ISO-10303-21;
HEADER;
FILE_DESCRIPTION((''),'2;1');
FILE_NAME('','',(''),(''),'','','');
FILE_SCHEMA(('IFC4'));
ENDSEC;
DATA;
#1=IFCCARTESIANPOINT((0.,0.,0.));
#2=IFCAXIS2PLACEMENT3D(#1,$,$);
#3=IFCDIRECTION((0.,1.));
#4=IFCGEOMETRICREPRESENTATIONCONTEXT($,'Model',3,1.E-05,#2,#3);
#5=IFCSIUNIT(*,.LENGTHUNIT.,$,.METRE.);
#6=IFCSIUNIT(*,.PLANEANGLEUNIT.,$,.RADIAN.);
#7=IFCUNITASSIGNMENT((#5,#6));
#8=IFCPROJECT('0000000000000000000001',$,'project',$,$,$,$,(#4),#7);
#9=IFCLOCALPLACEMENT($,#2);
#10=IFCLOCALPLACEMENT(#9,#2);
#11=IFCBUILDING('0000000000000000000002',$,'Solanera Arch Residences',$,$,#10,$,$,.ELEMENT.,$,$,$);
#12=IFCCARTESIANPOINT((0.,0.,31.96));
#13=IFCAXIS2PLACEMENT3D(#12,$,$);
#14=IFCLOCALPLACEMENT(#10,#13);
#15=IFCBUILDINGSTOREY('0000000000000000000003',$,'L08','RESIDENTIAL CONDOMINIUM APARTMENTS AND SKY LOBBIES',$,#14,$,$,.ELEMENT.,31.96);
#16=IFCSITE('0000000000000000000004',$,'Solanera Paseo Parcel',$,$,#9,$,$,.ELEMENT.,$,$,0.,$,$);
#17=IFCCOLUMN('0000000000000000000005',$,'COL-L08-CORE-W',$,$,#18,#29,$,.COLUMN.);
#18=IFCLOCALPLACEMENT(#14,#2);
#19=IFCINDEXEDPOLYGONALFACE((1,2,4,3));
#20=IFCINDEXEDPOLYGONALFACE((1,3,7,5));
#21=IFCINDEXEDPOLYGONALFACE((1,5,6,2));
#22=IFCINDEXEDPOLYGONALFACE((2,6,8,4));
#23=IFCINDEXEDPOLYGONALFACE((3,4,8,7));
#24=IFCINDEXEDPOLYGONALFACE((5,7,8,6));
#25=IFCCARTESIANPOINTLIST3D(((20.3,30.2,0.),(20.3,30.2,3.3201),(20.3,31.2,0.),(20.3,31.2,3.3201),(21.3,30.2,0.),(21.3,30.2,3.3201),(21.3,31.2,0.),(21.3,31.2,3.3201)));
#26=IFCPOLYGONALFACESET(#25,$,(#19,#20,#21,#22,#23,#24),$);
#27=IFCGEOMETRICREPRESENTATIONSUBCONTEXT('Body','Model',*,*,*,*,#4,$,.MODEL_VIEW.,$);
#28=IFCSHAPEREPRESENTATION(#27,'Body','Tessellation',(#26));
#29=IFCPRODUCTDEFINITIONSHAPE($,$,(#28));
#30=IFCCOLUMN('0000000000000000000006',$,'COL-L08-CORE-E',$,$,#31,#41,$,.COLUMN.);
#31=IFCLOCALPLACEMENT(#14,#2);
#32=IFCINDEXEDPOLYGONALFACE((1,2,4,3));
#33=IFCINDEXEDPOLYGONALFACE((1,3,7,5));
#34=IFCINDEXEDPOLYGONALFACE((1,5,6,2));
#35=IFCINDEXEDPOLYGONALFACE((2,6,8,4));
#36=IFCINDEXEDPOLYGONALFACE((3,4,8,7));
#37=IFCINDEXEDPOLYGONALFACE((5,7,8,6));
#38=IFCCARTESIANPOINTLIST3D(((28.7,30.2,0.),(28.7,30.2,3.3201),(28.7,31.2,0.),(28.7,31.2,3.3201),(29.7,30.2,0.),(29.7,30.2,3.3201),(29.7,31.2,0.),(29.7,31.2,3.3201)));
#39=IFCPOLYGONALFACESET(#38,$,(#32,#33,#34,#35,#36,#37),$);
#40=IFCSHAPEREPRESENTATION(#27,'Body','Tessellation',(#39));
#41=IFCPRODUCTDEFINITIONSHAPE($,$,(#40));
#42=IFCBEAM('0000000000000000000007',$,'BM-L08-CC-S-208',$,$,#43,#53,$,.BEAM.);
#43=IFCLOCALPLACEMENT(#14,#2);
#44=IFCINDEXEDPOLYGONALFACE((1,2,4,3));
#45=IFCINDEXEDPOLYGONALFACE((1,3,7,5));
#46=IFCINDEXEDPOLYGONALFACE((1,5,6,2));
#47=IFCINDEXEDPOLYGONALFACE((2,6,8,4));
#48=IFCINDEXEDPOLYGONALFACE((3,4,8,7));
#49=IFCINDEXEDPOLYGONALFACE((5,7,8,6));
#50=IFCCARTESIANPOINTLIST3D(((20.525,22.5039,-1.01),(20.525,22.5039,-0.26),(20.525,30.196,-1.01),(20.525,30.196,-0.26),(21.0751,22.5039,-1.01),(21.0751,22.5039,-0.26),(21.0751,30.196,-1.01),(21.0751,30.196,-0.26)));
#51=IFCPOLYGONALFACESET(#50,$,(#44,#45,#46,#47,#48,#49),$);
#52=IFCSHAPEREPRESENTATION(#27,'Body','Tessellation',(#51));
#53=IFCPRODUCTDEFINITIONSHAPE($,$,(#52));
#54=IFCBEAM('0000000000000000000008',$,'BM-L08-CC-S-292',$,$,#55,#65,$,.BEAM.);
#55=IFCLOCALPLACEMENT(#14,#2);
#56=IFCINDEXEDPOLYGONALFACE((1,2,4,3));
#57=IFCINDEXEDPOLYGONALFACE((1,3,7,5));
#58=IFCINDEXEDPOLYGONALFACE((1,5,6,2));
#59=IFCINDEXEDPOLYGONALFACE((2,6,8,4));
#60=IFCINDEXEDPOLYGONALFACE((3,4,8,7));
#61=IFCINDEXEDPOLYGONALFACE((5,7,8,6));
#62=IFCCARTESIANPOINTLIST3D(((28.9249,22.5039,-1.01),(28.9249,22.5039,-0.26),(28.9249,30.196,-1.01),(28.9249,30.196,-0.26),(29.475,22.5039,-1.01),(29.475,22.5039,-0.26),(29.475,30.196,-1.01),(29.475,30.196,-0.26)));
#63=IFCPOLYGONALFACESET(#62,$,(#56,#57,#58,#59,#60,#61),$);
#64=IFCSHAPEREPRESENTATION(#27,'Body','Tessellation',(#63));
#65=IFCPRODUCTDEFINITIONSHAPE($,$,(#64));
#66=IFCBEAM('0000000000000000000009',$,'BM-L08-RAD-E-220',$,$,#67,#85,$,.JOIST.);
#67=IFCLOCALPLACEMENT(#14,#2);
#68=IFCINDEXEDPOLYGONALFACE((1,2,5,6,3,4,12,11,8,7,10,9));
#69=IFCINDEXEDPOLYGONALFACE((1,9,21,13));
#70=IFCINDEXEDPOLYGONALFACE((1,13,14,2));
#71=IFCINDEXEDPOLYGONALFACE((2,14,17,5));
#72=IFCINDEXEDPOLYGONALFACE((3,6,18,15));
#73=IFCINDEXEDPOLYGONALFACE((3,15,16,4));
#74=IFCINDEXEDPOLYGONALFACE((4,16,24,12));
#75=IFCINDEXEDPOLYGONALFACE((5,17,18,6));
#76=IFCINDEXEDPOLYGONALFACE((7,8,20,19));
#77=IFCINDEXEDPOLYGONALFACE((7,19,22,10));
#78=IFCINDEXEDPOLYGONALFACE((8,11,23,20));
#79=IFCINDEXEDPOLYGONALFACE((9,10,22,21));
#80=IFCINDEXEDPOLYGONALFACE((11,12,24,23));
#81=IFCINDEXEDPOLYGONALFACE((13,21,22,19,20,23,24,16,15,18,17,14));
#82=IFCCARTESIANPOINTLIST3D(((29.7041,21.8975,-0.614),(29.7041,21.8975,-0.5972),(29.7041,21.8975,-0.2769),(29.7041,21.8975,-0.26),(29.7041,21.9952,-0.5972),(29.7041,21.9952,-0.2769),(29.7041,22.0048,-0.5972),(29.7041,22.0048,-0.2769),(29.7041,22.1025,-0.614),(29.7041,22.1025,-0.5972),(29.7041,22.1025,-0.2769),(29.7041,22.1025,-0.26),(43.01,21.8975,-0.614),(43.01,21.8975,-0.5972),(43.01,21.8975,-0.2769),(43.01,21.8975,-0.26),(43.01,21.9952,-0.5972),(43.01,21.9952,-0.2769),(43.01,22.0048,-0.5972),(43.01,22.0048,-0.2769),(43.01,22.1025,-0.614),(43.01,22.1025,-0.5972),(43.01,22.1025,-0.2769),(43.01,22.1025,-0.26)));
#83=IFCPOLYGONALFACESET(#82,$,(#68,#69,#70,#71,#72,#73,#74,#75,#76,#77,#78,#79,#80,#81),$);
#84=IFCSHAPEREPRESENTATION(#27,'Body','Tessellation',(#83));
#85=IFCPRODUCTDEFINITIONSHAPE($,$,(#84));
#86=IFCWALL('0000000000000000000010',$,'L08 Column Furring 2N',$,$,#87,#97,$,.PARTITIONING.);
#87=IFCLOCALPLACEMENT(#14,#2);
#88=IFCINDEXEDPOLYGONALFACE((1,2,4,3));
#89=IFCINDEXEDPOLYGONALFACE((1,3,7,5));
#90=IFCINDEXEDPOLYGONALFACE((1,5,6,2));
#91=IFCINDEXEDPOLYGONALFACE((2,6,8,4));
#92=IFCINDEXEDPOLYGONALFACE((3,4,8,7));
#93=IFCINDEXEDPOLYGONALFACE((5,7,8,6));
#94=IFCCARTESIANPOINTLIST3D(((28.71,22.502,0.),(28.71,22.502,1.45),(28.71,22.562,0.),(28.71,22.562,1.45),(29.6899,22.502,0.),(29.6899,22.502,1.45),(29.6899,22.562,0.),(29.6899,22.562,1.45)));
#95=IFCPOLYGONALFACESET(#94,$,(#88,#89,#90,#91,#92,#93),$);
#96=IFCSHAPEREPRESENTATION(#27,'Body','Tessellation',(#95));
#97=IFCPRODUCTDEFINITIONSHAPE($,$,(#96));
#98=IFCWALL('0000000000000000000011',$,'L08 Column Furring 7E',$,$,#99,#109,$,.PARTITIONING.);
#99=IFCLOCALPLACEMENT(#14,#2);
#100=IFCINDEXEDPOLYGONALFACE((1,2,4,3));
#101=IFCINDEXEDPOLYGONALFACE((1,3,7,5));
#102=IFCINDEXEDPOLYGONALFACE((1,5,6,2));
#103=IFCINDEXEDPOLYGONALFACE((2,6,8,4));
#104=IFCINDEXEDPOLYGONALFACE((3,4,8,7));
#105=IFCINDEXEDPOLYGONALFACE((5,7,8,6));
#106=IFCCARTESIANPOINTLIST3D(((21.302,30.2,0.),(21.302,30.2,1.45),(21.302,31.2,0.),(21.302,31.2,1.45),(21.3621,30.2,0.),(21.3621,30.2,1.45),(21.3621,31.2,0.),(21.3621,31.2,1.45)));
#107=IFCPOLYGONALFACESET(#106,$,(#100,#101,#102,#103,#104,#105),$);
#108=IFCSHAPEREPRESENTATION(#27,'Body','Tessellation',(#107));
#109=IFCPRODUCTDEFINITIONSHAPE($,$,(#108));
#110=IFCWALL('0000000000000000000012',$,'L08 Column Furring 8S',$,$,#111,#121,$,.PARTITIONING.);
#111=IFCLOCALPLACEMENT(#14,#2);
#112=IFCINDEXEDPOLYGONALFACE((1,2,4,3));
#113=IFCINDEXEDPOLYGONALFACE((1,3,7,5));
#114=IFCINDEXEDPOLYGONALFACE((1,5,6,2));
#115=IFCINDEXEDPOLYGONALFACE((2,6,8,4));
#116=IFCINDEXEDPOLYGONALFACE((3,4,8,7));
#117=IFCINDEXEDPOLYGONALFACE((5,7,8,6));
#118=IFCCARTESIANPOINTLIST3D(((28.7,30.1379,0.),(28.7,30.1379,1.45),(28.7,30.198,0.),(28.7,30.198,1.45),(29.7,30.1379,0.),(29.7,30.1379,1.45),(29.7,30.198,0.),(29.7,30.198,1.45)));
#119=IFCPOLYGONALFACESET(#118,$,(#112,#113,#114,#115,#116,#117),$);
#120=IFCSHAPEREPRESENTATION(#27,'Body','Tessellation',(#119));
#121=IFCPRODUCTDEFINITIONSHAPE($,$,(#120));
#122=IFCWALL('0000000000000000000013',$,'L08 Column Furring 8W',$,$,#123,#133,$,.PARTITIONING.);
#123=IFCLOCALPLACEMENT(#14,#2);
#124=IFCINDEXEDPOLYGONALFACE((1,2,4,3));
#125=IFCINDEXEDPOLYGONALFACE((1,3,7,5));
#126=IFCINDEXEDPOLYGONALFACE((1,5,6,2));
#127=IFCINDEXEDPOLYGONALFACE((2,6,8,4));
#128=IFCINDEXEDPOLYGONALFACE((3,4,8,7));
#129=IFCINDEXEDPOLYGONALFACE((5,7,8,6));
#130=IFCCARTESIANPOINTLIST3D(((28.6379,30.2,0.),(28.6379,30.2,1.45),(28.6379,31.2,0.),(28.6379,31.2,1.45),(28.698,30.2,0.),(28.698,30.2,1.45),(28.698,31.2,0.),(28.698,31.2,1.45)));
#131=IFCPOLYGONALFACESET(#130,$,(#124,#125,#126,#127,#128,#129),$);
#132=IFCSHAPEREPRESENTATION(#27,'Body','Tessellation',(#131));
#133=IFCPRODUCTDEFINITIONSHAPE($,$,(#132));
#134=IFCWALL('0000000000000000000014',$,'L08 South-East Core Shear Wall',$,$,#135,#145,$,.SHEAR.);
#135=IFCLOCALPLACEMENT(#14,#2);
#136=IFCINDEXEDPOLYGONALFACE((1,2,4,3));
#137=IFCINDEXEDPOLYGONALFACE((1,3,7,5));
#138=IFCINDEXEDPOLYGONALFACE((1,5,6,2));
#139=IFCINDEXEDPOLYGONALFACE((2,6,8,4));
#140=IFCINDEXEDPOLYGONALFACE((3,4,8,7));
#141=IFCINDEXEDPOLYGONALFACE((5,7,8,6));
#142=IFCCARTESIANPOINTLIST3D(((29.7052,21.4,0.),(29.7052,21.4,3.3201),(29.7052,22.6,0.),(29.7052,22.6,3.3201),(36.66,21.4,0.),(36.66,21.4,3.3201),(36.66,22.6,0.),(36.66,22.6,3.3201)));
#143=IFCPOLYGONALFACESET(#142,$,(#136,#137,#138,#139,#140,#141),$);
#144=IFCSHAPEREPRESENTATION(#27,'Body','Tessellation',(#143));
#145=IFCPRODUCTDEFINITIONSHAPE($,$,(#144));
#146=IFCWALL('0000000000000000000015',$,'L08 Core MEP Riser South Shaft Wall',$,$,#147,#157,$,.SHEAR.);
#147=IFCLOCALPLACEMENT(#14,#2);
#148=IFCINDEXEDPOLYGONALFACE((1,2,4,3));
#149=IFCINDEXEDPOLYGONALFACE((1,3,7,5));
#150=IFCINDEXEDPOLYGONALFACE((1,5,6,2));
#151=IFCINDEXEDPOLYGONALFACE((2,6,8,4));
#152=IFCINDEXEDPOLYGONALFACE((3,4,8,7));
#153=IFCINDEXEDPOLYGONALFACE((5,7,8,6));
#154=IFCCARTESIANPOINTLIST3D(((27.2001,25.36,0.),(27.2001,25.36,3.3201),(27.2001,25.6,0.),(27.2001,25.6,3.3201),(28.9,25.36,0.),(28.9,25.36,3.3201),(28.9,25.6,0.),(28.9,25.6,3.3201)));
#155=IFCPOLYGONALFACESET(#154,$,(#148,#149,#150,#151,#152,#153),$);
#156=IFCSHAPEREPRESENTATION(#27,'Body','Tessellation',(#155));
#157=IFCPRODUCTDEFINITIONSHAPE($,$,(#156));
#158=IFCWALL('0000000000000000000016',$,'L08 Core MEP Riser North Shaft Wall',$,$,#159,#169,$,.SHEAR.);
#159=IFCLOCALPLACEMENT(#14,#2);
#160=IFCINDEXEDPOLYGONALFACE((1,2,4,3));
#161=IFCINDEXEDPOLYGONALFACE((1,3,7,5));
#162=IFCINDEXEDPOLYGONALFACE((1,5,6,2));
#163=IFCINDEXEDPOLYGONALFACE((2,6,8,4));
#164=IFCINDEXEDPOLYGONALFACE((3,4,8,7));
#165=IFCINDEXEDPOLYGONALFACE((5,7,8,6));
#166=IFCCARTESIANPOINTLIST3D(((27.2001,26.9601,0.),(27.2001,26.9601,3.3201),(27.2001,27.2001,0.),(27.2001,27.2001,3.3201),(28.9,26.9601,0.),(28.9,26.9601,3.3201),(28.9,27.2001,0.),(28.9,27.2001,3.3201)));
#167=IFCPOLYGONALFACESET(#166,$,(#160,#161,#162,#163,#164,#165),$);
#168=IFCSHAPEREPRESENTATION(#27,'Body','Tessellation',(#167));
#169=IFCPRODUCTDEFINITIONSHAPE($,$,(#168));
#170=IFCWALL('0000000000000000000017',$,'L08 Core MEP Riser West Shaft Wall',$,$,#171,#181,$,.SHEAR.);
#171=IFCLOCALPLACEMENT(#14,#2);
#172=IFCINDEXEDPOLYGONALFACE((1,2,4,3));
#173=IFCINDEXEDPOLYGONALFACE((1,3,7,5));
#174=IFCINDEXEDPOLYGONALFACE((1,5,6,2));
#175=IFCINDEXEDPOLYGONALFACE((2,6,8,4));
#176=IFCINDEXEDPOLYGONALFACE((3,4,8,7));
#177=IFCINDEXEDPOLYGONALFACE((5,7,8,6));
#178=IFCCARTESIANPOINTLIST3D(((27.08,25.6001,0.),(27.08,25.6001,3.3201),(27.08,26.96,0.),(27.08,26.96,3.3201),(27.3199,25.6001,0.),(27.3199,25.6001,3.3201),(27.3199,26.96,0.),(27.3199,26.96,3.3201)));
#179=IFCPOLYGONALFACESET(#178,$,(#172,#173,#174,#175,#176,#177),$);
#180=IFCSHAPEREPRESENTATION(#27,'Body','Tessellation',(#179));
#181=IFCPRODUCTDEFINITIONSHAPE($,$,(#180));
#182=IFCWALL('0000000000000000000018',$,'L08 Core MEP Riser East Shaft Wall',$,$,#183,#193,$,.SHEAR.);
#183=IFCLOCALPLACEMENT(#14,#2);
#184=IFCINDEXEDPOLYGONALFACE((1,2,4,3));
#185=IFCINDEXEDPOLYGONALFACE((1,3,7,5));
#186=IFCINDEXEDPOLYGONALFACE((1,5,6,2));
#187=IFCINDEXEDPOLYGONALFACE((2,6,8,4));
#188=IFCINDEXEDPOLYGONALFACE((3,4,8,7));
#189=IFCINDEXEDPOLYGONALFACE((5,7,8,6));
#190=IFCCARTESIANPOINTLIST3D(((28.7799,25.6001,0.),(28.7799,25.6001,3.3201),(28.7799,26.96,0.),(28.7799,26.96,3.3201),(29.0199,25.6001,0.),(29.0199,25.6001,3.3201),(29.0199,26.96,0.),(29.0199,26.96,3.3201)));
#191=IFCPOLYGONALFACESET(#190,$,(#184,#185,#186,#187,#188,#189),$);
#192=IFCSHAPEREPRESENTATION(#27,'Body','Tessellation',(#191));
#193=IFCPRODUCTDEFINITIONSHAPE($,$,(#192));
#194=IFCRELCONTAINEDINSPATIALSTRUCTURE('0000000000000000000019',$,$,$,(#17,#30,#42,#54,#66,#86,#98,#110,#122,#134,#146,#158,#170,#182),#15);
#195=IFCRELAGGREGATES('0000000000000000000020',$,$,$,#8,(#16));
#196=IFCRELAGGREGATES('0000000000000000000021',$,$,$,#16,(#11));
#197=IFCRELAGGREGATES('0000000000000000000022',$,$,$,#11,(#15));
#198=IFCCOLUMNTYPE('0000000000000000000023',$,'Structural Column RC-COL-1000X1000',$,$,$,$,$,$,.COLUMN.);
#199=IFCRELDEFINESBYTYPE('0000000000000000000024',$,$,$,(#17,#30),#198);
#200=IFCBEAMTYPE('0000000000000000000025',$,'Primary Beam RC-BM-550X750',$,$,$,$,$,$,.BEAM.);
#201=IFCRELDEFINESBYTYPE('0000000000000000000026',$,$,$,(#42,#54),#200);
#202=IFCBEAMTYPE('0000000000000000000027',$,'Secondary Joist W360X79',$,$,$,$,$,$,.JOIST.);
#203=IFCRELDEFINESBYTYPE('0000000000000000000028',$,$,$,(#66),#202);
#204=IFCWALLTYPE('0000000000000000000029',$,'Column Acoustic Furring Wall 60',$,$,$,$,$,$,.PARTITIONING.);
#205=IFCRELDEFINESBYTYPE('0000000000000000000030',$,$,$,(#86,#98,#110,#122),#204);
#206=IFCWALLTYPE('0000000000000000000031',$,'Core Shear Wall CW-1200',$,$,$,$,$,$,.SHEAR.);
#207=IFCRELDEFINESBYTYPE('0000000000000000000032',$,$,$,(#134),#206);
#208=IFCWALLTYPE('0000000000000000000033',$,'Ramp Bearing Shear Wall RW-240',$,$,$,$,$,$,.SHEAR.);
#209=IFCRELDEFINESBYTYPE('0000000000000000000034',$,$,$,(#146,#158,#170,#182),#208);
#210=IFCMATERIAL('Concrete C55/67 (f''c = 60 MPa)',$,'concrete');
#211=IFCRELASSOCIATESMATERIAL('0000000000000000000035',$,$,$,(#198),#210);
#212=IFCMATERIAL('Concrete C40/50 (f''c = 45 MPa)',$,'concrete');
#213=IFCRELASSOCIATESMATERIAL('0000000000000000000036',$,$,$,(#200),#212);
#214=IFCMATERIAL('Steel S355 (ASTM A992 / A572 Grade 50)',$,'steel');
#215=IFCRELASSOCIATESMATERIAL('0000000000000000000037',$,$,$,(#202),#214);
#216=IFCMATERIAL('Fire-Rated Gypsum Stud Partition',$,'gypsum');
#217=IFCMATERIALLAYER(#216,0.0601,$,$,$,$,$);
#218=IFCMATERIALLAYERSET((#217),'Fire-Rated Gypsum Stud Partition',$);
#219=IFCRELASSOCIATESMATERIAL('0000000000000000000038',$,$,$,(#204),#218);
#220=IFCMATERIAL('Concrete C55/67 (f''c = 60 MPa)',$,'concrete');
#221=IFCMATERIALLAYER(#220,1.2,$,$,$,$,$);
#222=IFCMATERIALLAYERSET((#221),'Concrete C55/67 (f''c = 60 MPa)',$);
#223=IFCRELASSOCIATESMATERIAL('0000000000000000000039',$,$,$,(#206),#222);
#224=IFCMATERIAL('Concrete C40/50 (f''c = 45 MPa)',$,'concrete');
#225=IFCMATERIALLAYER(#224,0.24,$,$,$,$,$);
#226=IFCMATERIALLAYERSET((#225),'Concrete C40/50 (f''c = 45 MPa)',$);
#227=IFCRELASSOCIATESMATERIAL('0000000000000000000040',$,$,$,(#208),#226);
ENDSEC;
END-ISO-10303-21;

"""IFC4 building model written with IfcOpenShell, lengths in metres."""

from ifc_helpers import new_model, si_unit, direction, frame, frame_2d, origin, origin_2d, place, context, subcontext, project, spatial, rectangle, i_section, extrude, material, layer, layer_set, material_profile, profile_set, type_object, element, save


model = new_model("IFC4")

# Units and contexts
model_context = context("Model", 3, precision=1e-05, world=origin(), true_north=direction((0.0, 1.0)))
body_context = subcontext(model_context, "Body", "Model", "MODEL_VIEW")
ifc_project = project(units=[si_unit("LENGTHUNIT", "METRE"), si_unit("PLANEANGLEUNIT", "RADIAN")], contexts=[model_context])

# Site, building, storey
site_placement = place(None, origin())
site = spatial("IfcSite", under=ifc_project, at=site_placement, Name="Solanera Paseo Parcel", CompositionType="ELEMENT", RefElevation=0.0)
building_placement = place(site_placement, origin())
building = spatial("IfcBuilding", under=site, at=building_placement, Name="Solanera Arch Residences", CompositionType="ELEMENT")
storey_placement = place(building_placement, frame((0.0, 0.0, 31.96)))
storey = spatial("IfcBuildingStorey", under=building, at=storey_placement, Name="L08", Description="RESIDENTIAL CONDOMINIUM APARTMENTS AND SKY LOBBIES", CompositionType="ELEMENT", Elevation=31.96)

# Columns
ifc_material_1 = material(Name="Concrete C55/67 (f'c = 60 MPa)", Category="concrete")
ifc_material_profile_1 = material_profile(ifc_material_1, rectangle(XDim=1.0, YDim=1.0, at=origin_2d()))
ifc_profile_set_1 = profile_set([ifc_material_profile_1], Name="Concrete C55/67 (f'c = 60 MPa)")
column_type = type_object("IfcColumnType", Name="Structural Column RC-COL-1000X1000", PredefinedType="COLUMN", material=ifc_profile_set_1)
for number, where, z_axis, x_axis, name in (
    (1, (20.8, 30.7, 0.0), (0.0, 0.0, 1.0), (1.0, 0.0, 0.0), "COL-L08-CORE-W"),
    (2, (29.2, 30.7, 0.0), (0.0, 0.0, 1.0), (1.0, 0.0, 0.0), "COL-L08-CORE-E"),
):
    element("IfcColumn", number, at=place(storey_placement, frame(where, z_axis=z_axis, x_axis=x_axis)), inside=storey, type_object=column_type, Name=name, PredefinedType="COLUMN", context=body_context, shape_type="SweptSolid", body=[
        extrude(rectangle(XDim=1.0, YDim=1.0, at=origin_2d()), origin(), (0.0, 0.0, 1.0), 3.3201),
    ])

# Beams
ifc_material_2 = material(Name="Concrete C40/50 (f'c = 45 MPa)", Category="concrete")
ifc_material_profile_2 = material_profile(ifc_material_2, rectangle(XDim=0.55, YDim=0.75, at=origin_2d()))
ifc_profile_set_2 = profile_set([ifc_material_profile_2], Name="Concrete C40/50 (f'c = 45 MPa)")
beam_type_1 = type_object("IfcBeamType", Name="Primary Beam RC-BM-550X750", PredefinedType="BEAM", material=ifc_profile_set_2)
for number, where, z_axis, x_axis, name in (
    (3, (20.8, 22.5039, -0.635), (0.0, 1.0, 0.0), (-1.0, 0.0, 0.0), "BM-L08-CC-S-208"),
    (4, (29.2, 22.5039, -0.635), (0.0, 1.0, 0.0), (-1.0, 0.0, 0.0), "BM-L08-CC-S-292"),
):
    element("IfcBeam", number, at=place(storey_placement, frame(where, z_axis=z_axis, x_axis=x_axis)), inside=storey, type_object=beam_type_1, Name=name, PredefinedType="BEAM", context=body_context, shape_type="SweptSolid", body=[
        extrude(rectangle(XDim=0.55, YDim=0.75, at=origin_2d()), origin(), (0.0, 0.0, 1.0), 7.6921),
    ])
ifc_material_3 = material(Name="Steel S355 (ASTM A992 / A572 Grade 50)", Category="steel")
ifc_material_profile_3 = material_profile(ifc_material_3, i_section(OverallWidth=0.2051, OverallDepth=0.354, WebThickness=0.0095, FlangeThickness=0.0168, at=origin_2d()))
ifc_profile_set_3 = profile_set([ifc_material_profile_3], Name="Steel S355 (ASTM A992 / A572 Grade 50)")
beam_type_2 = type_object("IfcBeamType", Name="Secondary Joist W360X79", PredefinedType="JOIST", material=ifc_profile_set_3)
beam_placement = place(storey_placement, frame((29.7041, 22.0, -0.437), z_axis=(1.0, 0.0, 0.0), x_axis=(0.0, 1.0, 0.0)))
element("IfcBeam", 5, at=beam_placement, inside=storey, type_object=beam_type_2, Name="BM-L08-RAD-E-220", PredefinedType="JOIST", context=body_context, shape_type="SweptSolid", body=[
    extrude(i_section(OverallWidth=0.2051, OverallDepth=0.354, WebThickness=0.0095, FlangeThickness=0.0168, at=origin_2d()), origin(), (0.0, 0.0, 1.0), 13.3059),
])

# Walls
ifc_material_4 = material(Name="Fire-Rated Gypsum Stud Partition", Category="gypsum")
ifc_layer_1 = layer(ifc_material_4, 0.0601)
ifc_layer_set_1 = layer_set([ifc_layer_1], Name="Fire-Rated Gypsum Stud Partition")
wall_type_1 = type_object("IfcWallType", Name="Column Acoustic Furring Wall 60", PredefinedType="PARTITIONING", material=ifc_layer_set_1)
wall_1_placement = place(storey_placement, frame((28.71, 22.532, 0.0), z_axis=(0.0, 0.0, 1.0), x_axis=(1.0, 0.0, 0.0)))
element("IfcWall", 6, at=wall_1_placement, inside=storey, type_object=wall_type_1, Name="L08 Column Furring 2N", PredefinedType="PARTITIONING", context=body_context, shape_type="SweptSolid", body=[
    extrude(rectangle(XDim=0.98, YDim=0.0601, at=frame_2d((0.49, 0.0))), origin(), (0.0, 0.0, 1.0), 1.45),
])
for number, where, z_axis, x_axis, name in (
    (7, (21.332, 30.2, 0.0), (0.0, 0.0, 1.0), (0.0, 1.0, 0.0), "L08 Column Furring 7E"),
    (8, (28.7, 30.168, 0.0), (0.0, 0.0, 1.0), (1.0, 0.0, 0.0), "L08 Column Furring 8S"),
    (9, (28.668, 30.2, 0.0), (0.0, 0.0, 1.0), (0.0, 1.0, 0.0), "L08 Column Furring 8W"),
):
    element("IfcWall", number, at=place(storey_placement, frame(where, z_axis=z_axis, x_axis=x_axis)), inside=storey, type_object=wall_type_1, Name=name, PredefinedType="PARTITIONING", context=body_context, shape_type="SweptSolid", body=[
        extrude(rectangle(XDim=1.0, YDim=0.0601, at=frame_2d((0.5, 0.0))), origin(), (0.0, 0.0, 1.0), 1.45),
    ])
ifc_material_5 = material(Name="Concrete C55/67 (f'c = 60 MPa)", Category="concrete")
ifc_layer_2 = layer(ifc_material_5, 1.2)
ifc_layer_set_2 = layer_set([ifc_layer_2], Name="Concrete C55/67 (f'c = 60 MPa)")
wall_type_2 = type_object("IfcWallType", Name="Core Shear Wall CW-1200", PredefinedType="SHEAR", material=ifc_layer_set_2)
wall_2_placement = place(storey_placement, frame((29.7051, 22.0, 0.0), z_axis=(0.0, 0.0, 1.0), x_axis=(1.0, 0.0, 0.0)))
element("IfcWall", 10, at=wall_2_placement, inside=storey, type_object=wall_type_2, Name="L08 South-East Core Shear Wall", PredefinedType="SHEAR", context=body_context, shape_type="SweptSolid", body=[
    extrude(rectangle(XDim=6.9548, YDim=1.2, at=frame_2d((3.4775, 0.0))), origin(), (0.0, 0.0, 1.0), 3.3201),
])
ifc_material_6 = material(Name="Concrete C40/50 (f'c = 45 MPa)", Category="concrete")
ifc_layer_3 = layer(ifc_material_6, 0.24)
ifc_layer_set_3 = layer_set([ifc_layer_3], Name="Concrete C40/50 (f'c = 45 MPa)")
wall_type_3 = type_object("IfcWallType", Name="Ramp Bearing Shear Wall RW-240", PredefinedType="SHEAR", material=ifc_layer_set_3)
for number, where, z_axis, x_axis, name in (
    (11, (27.2, 25.48, 0.0), (0.0, 0.0, 1.0), (1.0, 0.0, 0.0), "L08 Core MEP Riser South Shaft Wall"),
    (12, (27.2, 27.0801, 0.0), (0.0, 0.0, 1.0), (1.0, 0.0, 0.0), "L08 Core MEP Riser North Shaft Wall"),
):
    element("IfcWall", number, at=place(storey_placement, frame(where, z_axis=z_axis, x_axis=x_axis)), inside=storey, type_object=wall_type_3, Name=name, PredefinedType="SHEAR", context=body_context, shape_type="SweptSolid", body=[
        extrude(rectangle(XDim=1.7, YDim=0.24, at=frame_2d((0.8501, 0.0))), origin(), (0.0, 0.0, 1.0), 3.3201),
    ])
for number, where, z_axis, x_axis, name in (
    (13, (27.2, 25.6001, 0.0), (0.0, 0.0, 1.0), (0.0, 1.0, 0.0), "L08 Core MEP Riser West Shaft Wall"),
    (14, (28.8999, 25.6001, 0.0), (0.0, 0.0, 1.0), (0.0, 1.0, 0.0), "L08 Core MEP Riser East Shaft Wall"),
):
    element("IfcWall", number, at=place(storey_placement, frame(where, z_axis=z_axis, x_axis=x_axis)), inside=storey, type_object=wall_type_3, Name=name, PredefinedType="SHEAR", context=body_context, shape_type="SweptSolid", body=[
        extrude(rectangle(XDim=1.3599, YDim=0.24, at=frame_2d((0.6799, 0.0))), origin(), (0.0, 0.0, 1.0), 3.3201),
    ])

save(model, "model.ifc")
